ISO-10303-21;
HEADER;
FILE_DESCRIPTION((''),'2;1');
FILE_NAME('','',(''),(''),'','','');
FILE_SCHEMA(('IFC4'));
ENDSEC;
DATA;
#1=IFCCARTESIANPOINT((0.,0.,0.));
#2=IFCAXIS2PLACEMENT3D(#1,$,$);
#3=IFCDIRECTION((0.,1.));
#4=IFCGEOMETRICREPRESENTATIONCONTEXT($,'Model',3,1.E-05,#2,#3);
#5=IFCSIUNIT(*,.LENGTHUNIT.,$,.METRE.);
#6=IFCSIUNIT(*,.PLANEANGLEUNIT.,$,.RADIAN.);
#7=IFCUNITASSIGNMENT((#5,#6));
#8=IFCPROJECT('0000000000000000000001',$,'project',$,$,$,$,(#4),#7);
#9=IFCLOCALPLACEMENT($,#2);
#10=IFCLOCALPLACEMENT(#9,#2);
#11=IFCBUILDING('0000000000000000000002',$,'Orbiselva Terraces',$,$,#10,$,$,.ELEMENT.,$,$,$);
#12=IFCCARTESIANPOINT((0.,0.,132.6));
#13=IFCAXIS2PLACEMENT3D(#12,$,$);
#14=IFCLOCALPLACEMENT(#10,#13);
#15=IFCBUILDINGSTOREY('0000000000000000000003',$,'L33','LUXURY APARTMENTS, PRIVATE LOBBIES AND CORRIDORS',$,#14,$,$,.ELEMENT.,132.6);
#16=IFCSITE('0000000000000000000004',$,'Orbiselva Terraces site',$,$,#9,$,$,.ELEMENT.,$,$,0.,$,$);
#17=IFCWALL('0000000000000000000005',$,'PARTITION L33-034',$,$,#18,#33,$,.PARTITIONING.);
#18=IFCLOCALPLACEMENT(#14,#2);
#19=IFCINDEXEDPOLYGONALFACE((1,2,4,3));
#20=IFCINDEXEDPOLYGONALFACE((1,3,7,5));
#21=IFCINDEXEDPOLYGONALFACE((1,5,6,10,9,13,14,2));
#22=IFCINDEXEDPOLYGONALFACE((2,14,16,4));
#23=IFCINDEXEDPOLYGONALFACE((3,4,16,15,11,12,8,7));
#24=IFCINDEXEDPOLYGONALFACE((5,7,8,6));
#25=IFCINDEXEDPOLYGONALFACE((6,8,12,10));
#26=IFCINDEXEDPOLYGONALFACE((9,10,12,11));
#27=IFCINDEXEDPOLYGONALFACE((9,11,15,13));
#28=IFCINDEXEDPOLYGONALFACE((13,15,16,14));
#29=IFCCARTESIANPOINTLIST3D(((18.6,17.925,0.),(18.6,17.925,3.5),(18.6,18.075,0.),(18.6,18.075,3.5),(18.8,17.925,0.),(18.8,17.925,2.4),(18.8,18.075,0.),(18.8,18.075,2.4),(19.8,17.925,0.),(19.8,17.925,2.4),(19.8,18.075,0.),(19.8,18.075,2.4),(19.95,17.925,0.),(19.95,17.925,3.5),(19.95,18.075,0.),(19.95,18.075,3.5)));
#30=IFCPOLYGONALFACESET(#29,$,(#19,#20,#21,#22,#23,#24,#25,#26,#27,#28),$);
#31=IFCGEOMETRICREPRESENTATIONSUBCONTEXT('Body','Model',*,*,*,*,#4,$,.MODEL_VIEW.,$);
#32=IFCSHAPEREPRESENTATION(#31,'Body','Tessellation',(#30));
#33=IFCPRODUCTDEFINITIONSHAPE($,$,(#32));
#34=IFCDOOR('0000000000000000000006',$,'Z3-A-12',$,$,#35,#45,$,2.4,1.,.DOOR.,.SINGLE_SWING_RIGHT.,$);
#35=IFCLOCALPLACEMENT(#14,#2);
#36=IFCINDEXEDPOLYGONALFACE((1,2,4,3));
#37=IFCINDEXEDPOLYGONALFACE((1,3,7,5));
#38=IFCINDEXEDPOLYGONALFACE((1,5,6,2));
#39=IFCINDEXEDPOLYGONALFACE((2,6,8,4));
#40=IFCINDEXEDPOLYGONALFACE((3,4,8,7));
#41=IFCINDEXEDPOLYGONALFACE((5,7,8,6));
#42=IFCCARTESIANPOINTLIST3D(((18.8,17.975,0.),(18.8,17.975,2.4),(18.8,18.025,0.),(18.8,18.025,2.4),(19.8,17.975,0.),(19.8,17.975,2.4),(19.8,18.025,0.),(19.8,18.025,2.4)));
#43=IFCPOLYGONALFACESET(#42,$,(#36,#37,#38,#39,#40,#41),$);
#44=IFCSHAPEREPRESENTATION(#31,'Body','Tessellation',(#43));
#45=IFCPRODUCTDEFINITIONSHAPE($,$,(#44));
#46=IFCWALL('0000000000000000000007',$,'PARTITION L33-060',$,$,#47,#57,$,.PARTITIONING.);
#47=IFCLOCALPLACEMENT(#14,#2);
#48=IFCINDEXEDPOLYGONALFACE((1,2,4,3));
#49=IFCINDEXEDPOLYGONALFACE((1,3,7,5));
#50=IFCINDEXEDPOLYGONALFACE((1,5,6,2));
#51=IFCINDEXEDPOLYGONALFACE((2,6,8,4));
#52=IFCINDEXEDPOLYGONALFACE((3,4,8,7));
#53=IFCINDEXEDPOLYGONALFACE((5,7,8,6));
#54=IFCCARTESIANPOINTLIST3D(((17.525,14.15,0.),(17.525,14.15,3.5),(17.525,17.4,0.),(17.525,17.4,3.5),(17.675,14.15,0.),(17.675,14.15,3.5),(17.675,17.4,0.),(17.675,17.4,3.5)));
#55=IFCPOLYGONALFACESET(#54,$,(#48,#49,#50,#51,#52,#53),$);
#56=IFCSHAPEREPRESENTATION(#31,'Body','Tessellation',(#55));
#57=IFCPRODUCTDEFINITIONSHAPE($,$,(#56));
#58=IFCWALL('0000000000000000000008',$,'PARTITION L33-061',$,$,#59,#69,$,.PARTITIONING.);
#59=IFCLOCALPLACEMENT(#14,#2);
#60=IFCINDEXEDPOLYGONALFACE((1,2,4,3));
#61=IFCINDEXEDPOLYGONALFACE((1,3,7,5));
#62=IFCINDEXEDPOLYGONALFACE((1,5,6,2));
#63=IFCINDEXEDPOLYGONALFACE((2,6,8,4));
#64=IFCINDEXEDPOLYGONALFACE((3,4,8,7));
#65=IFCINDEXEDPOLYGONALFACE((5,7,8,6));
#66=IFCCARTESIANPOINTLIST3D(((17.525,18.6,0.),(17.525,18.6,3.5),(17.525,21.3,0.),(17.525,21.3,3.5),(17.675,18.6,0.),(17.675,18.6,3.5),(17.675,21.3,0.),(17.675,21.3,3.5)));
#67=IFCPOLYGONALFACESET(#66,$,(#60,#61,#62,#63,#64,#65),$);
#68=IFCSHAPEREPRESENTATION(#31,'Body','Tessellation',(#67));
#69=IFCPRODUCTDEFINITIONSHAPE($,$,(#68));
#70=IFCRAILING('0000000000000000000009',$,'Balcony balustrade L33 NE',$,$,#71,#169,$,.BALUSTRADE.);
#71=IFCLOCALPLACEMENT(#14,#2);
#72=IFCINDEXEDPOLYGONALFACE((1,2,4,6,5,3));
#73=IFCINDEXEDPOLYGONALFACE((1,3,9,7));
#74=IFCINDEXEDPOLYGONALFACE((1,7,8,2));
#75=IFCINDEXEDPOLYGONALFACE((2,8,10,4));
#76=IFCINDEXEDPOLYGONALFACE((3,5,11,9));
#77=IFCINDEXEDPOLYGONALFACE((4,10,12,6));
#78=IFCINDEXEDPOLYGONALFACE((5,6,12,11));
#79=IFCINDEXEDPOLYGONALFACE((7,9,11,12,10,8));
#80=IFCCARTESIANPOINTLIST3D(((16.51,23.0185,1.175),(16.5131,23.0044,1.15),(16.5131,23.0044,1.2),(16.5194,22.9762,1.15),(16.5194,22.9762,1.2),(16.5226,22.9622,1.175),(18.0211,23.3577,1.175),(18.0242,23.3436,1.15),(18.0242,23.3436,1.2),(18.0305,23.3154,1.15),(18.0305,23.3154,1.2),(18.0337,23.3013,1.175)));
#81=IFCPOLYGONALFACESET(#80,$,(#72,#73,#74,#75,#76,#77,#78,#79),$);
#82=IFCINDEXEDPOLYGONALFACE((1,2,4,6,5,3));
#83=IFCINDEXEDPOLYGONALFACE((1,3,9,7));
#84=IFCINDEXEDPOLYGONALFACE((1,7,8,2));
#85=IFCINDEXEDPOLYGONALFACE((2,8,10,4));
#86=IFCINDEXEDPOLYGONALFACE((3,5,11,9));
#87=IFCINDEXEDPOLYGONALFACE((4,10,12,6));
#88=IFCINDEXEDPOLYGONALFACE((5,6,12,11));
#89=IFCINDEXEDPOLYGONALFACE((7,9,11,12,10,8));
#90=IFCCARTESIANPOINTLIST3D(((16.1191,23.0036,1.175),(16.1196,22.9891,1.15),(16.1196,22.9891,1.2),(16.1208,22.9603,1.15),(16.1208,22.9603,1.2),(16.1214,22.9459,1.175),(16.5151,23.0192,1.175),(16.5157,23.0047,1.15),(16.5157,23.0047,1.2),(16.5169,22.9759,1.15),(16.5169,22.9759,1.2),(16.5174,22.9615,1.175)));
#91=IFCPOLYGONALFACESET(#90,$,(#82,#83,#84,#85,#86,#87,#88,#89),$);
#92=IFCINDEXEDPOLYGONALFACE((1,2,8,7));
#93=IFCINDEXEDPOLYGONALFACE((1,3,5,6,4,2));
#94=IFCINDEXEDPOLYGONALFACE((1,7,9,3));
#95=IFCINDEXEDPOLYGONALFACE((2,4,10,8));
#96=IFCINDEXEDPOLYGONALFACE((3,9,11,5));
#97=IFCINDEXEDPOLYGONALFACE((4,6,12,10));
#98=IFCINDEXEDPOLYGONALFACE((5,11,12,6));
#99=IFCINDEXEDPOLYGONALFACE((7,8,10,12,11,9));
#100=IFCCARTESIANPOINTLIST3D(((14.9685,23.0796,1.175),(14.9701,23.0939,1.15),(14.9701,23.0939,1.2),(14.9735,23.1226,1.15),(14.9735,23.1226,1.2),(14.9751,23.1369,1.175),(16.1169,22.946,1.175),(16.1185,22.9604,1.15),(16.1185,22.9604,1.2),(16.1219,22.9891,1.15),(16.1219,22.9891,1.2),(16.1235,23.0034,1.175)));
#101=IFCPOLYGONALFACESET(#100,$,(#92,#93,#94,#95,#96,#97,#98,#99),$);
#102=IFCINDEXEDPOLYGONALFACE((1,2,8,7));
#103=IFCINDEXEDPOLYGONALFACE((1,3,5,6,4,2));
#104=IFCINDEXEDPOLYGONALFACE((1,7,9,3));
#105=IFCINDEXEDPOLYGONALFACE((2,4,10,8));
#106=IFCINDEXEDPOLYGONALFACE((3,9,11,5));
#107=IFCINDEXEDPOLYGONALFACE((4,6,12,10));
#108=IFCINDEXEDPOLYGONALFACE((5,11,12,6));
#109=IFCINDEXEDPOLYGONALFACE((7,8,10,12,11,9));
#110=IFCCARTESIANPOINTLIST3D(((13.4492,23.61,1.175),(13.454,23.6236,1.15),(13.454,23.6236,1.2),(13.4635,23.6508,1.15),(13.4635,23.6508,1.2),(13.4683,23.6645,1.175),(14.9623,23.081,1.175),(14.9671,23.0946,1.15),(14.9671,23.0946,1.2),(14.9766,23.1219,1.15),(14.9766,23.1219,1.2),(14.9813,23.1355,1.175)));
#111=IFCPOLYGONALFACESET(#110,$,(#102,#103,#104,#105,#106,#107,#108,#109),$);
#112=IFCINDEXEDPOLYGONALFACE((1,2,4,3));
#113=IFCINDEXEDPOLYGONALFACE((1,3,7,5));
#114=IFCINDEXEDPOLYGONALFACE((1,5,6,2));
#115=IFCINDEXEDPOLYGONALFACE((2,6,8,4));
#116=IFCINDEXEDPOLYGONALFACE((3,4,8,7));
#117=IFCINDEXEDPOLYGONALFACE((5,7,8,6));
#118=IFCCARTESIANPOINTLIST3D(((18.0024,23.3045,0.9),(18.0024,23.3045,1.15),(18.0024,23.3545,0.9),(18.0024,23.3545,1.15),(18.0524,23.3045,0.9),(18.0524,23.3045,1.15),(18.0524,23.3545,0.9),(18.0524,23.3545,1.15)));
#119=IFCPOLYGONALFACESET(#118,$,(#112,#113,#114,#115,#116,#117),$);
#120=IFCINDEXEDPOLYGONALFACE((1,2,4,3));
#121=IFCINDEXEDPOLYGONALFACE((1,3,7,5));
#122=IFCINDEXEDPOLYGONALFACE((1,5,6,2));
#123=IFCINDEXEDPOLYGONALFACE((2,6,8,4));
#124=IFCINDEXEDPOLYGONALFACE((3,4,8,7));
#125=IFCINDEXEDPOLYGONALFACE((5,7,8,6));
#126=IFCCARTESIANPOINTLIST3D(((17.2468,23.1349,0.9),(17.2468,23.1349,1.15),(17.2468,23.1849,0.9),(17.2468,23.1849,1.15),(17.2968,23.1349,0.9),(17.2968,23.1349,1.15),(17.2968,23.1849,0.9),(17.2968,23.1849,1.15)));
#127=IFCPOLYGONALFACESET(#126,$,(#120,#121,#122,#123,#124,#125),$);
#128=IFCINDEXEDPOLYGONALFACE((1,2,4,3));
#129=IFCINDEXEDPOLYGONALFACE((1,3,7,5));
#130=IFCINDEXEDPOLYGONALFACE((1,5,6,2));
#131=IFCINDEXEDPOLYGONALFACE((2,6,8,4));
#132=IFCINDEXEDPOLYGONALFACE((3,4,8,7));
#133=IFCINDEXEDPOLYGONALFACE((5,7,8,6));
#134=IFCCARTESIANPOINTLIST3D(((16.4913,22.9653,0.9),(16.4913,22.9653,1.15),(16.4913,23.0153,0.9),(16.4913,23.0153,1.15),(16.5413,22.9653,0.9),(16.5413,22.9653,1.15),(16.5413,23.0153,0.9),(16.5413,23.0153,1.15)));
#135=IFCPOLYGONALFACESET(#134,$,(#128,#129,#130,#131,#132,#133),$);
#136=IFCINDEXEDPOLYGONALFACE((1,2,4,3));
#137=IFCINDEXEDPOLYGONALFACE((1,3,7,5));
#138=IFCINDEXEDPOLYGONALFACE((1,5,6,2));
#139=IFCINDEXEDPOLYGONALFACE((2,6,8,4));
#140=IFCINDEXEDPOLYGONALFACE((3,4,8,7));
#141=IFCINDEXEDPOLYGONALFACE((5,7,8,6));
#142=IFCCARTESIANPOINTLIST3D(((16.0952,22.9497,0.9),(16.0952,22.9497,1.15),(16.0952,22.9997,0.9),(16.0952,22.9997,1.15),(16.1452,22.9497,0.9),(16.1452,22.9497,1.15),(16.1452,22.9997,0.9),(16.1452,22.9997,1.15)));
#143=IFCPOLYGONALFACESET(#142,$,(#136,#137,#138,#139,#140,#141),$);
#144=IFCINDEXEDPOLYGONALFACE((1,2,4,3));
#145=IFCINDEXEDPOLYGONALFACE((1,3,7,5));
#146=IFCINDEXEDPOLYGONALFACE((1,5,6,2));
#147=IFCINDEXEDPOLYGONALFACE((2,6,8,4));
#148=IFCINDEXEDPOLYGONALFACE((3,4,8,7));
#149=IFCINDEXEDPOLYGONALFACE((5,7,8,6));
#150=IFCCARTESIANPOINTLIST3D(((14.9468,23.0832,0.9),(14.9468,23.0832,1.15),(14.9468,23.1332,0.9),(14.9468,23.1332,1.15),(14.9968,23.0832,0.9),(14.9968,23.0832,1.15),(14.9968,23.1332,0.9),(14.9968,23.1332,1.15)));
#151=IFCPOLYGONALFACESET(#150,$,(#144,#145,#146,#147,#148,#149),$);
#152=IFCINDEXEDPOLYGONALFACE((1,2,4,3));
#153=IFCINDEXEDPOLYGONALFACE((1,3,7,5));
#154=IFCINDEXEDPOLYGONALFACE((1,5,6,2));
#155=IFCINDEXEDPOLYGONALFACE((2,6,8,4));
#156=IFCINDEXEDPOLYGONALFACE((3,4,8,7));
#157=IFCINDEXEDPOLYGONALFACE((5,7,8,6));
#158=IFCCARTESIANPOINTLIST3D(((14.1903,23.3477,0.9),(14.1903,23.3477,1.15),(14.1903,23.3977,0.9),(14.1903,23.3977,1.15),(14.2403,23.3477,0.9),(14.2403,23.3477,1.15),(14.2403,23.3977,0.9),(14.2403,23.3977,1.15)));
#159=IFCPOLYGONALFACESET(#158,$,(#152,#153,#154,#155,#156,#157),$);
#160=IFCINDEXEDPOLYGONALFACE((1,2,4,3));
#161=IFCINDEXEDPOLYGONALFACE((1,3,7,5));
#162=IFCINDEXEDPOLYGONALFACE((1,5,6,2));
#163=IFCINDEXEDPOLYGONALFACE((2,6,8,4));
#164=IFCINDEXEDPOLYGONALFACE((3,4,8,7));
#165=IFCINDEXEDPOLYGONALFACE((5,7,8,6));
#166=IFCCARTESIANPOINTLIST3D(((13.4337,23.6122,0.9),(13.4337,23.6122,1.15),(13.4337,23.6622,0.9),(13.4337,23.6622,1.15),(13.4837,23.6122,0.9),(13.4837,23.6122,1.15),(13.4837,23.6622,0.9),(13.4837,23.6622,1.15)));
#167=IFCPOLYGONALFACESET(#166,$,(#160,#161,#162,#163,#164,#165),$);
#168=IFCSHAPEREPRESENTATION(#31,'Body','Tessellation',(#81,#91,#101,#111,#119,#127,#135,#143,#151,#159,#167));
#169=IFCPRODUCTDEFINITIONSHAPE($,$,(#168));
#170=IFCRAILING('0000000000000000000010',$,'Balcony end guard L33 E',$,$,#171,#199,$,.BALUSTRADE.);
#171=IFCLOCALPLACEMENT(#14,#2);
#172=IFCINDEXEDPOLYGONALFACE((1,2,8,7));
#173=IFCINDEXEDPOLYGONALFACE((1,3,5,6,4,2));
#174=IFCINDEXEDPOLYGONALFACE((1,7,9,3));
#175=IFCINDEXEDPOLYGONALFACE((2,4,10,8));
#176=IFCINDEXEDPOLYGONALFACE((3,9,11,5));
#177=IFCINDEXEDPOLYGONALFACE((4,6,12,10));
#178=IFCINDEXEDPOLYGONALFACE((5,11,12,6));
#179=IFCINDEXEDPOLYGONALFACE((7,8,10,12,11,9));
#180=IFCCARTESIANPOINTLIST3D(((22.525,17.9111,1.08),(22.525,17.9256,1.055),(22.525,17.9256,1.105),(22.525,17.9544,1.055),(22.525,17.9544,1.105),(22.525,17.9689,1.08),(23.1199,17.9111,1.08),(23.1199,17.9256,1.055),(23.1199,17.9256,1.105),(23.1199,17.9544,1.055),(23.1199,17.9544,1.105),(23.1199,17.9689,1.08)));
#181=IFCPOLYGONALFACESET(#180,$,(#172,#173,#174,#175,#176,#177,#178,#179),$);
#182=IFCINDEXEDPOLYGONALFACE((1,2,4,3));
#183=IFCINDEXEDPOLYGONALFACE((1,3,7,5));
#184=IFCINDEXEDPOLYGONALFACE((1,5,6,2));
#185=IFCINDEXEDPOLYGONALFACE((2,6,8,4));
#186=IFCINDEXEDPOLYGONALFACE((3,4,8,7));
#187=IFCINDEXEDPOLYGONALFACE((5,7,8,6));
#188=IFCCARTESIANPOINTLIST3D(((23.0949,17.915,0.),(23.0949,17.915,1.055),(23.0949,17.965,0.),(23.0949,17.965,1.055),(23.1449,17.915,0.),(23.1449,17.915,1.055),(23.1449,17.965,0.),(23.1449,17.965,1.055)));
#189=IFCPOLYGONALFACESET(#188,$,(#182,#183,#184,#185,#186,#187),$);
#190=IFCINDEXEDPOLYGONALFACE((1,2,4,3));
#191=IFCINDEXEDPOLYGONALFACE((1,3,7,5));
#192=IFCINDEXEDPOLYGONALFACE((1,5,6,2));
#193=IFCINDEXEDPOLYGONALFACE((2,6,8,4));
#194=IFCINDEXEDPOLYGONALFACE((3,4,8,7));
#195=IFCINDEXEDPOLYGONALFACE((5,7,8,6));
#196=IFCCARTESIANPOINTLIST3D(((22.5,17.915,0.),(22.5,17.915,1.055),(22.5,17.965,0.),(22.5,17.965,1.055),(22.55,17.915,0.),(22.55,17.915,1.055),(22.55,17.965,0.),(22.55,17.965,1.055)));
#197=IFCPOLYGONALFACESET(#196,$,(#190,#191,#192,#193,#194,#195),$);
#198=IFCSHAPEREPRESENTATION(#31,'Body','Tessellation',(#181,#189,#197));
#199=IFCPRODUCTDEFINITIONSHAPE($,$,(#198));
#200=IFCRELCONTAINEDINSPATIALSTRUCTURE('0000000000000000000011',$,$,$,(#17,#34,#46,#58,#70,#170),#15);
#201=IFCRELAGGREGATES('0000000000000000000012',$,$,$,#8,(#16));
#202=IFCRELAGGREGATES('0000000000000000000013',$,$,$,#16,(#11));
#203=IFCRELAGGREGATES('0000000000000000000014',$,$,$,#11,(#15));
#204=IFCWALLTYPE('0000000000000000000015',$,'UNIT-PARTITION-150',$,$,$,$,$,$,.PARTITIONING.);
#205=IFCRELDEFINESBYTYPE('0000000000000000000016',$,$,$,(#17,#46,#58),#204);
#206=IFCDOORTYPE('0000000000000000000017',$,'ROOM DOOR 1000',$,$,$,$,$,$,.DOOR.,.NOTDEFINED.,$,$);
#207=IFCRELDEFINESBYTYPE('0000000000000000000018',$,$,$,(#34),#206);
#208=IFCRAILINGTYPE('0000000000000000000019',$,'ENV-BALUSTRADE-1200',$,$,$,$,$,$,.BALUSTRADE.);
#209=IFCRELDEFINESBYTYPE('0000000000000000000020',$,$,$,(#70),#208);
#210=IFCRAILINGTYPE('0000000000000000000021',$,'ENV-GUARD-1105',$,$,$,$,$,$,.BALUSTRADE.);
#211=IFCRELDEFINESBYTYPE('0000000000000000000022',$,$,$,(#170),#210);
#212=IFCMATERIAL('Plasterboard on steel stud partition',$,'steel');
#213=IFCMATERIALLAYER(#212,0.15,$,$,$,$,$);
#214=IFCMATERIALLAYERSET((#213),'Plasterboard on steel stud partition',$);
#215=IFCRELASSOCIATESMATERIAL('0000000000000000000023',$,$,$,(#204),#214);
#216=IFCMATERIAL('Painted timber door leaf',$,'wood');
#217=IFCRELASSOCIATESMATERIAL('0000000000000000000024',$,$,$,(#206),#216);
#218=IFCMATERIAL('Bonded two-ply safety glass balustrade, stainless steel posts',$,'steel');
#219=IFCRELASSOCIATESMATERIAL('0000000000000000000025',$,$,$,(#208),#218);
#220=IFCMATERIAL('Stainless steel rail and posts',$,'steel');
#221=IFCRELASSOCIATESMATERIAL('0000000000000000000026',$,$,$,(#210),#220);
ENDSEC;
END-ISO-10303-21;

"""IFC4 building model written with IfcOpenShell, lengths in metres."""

from ifc_helpers import new_model, si_unit, direction, frame, frame_2d, origin, origin_2d, place, context, subcontext, project, spatial, polyline, rectangle, outline, extrude, material, layer, layer_set, type_object, element, fill, save


model = new_model("IFC4")

# Units and contexts
model_context = context("Model", 3, precision=1e-05, world=origin(), true_north=direction((0.0, 1.0)))
body_context = subcontext(model_context, "Body", "Model", "MODEL_VIEW")
ifc_project = project(units=[si_unit("LENGTHUNIT", "METRE"), si_unit("PLANEANGLEUNIT", "RADIAN")], contexts=[model_context])

# Site, building, storey
site_placement = place(None, origin())
site = spatial("IfcSite", under=ifc_project, at=site_placement, Name="Orbiselva Terraces site", CompositionType="ELEMENT", RefElevation=0.0)
building_placement = place(site_placement, origin())
building = spatial("IfcBuilding", under=site, at=building_placement, Name="Orbiselva Terraces", CompositionType="ELEMENT")
storey_placement = place(building_placement, frame((0.0, 0.0, 132.6)))
storey = spatial("IfcBuildingStorey", under=building, at=storey_placement, Name="L33", Description="LUXURY APARTMENTS, PRIVATE LOBBIES AND CORRIDORS", CompositionType="ELEMENT", Elevation=132.6)

# Wall, opening, door
ifc_material_1 = material(Name="Plasterboard on steel stud partition", Category="steel")
ifc_layer_1 = layer(ifc_material_1, 0.15)
ifc_layer_set_1 = layer_set([ifc_layer_1], Name="Plasterboard on steel stud partition")
wall_type_1 = type_object("IfcWallType", Name="UNIT-PARTITION-150", PredefinedType="PARTITIONING", material=ifc_layer_set_1)
wall_1_placement = place(storey_placement, frame((18.6, 18.0, 0.0), z_axis=(0.0, 0.0, 1.0), x_axis=(1.0, 0.0, 0.0)))
wall_1 = element("IfcWall", 1, at=wall_1_placement, inside=storey, type_object=wall_type_1, Name="PARTITION L33-034", PredefinedType="PARTITIONING", context=body_context, shape_type="SweptSolid", body=[
    extrude(rectangle(XDim=1.35, YDim=0.15, at=frame_2d((0.675, 0.0))), origin(), (0.0, 0.0, 1.0), 3.5),
])
opening_1_placement = place(wall_1_placement, frame((0.2, 0.0, 0.0)))
opening_1 = element("IfcOpeningElement", 2, at=opening_1_placement, cuts=wall_1, PredefinedType="OPENING", context=body_context, shape_type="SweptSolid", body=[
    extrude(rectangle(XDim=1.0, YDim=2.4, at=frame_2d((0.5, 1.2))), frame((0.0, 0.085, 0.0), z_axis=(0.0, -1.0, 0.0), x_axis=(1.0, 0.0, 0.0)), (0.0, 0.0, 1.0), 0.17),
])
ifc_material_2 = material(Name="Painted timber door leaf", Category="wood")
door_type_1 = type_object("IfcDoorType", Name="ROOM DOOR 1000", OperationType="NOTDEFINED", PredefinedType="DOOR", material=ifc_material_2)
door_1_placement = place(opening_1_placement, origin())
door_1 = element("IfcDoor", 3, at=door_1_placement, inside=storey, type_object=door_type_1, Name="Z3-A-12", OperationType="SINGLE_SWING_RIGHT", OverallHeight=2.4, OverallWidth=1.0, PredefinedType="DOOR", context=body_context, shape_type="SweptSolid", body=[
    extrude(rectangle(XDim=1.0, YDim=2.4, at=frame_2d((0.5, 1.2))), frame((0.0, 0.025, 0.0), z_axis=(0.0, -1.0, 0.0), x_axis=(1.0, 0.0, 0.0)), (0.0, 0.0, 1.0), 0.05),
])
fill(opening_1, door_1)

# Walls
wall_2_placement = place(storey_placement, frame((17.6, 14.15, 0.0), z_axis=(0.0, 0.0, 1.0), x_axis=(0.0, 1.0, 0.0)))
element("IfcWall", 4, at=wall_2_placement, inside=storey, type_object=wall_type_1, Name="PARTITION L33-060", PredefinedType="PARTITIONING", context=body_context, shape_type="SweptSolid", body=[
    extrude(rectangle(XDim=3.25, YDim=0.15, at=frame_2d((1.625, 0.0))), origin(), (0.0, 0.0, 1.0), 3.5),
])
wall_3_placement = place(storey_placement, frame((17.6, 18.6, 0.0), z_axis=(0.0, 0.0, 1.0), x_axis=(0.0, 1.0, 0.0)))
element("IfcWall", 5, at=wall_3_placement, inside=storey, type_object=wall_type_1, Name="PARTITION L33-061", PredefinedType="PARTITIONING", context=body_context, shape_type="SweptSolid", body=[
    extrude(rectangle(XDim=2.7, YDim=0.15, at=frame_2d((1.35, 0.0))), origin(), (0.0, 0.0, 1.0), 3.5),
])

# Railings
ifc_material_3 = material(Name="Bonded two-ply safety glass balustrade, stainless steel posts", Category="steel")
railing_type_1 = type_object("IfcRailingType", Name="ENV-BALUSTRADE-1200", PredefinedType="BALUSTRADE", material=ifc_material_3)
railing_1_placement = place(storey_placement, frame((18.0274, 23.3295, 0.9)))
element("IfcRailing", 6, at=railing_1_placement, inside=storey, type_object=railing_type_1, Name="Balcony balustrade L33 NE", PredefinedType="BALUSTRADE", context=body_context, shape_type="SweptSolid", body=[
    extrude(outline(polyline([(0.0289, 0.0), (0.0144, 0.025), (-0.0144, 0.025), (-0.0289, 0.0), (-0.0144, -0.025), (0.0144, -0.025), (0.0289, 0.0)])), frame((0.0, 0.0, 0.275), z_axis=(-0.975721, -0.219015, 0.0), x_axis=(0.219015, -0.975721, 0.0)), (0.0, 0.0, 1.0), 1.5487),
    extrude(outline(polyline([(0.0289, 0.0), (0.0144, 0.025), (-0.0144, 0.025), (-0.0289, 0.0), (-0.0144, -0.025), (0.0144, -0.025), (0.0289, 0.0)])), frame((-1.5111, -0.3392, 0.275), z_axis=(-0.999225, -0.039369, 0.0), x_axis=(0.039369, -0.999225, 0.0)), (0.0, 0.0, 1.0), 0.3964),
    extrude(outline(polyline([(0.0289, 0.0), (0.0144, 0.025), (-0.0144, 0.025), (-0.0289, 0.0), (-0.0144, -0.025), (0.0144, -0.025), (0.0289, 0.0)])), frame((-1.9072, -0.3548, 0.275), z_axis=(-0.99331, 0.115482, 0.0), x_axis=(-0.115482, -0.99331, 0.0)), (0.0, 0.0, 1.0), 1.1561),
    extrude(outline(polyline([(0.0289, 0.0), (0.0144, 0.025), (-0.0144, 0.025), (-0.0289, 0.0), (-0.0144, -0.025), (0.0144, -0.025), (0.0289, 0.0)])), frame((-3.0556, -0.2213, 0.275), z_axis=(-0.943972, 0.330024, 0.0), x_axis=(-0.330024, -0.943972, 0.0)), (0.0, 0.0, 1.0), 1.6029),
    extrude(rectangle(XDim=0.05, YDim=0.05, at=origin_2d()), origin(), (0.0, 0.0, 1.0), 0.25),
    extrude(rectangle(XDim=0.05, YDim=0.05, at=origin_2d()), frame((-0.7555, -0.1696, 0.0)), (0.0, 0.0, 1.0), 0.25),
    extrude(rectangle(XDim=0.05, YDim=0.05, at=origin_2d()), frame((-1.5111, -0.3392, 0.0)), (0.0, 0.0, 1.0), 0.25),
    extrude(rectangle(XDim=0.05, YDim=0.05, at=origin_2d()), frame((-1.9072, -0.3548, 0.0)), (0.0, 0.0, 1.0), 0.25),
    extrude(rectangle(XDim=0.05, YDim=0.05, at=origin_2d()), frame((-3.0556, -0.2213, 0.0)), (0.0, 0.0, 1.0), 0.25),
    extrude(rectangle(XDim=0.05, YDim=0.05, at=origin_2d()), frame((-3.8121, 0.0432, 0.0)), (0.0, 0.0, 1.0), 0.25),
    extrude(rectangle(XDim=0.05, YDim=0.05, at=origin_2d()), frame((-4.5686, 0.3077, 0.0)), (0.0, 0.0, 1.0), 0.25),
])
ifc_material_4 = material(Name="Stainless steel rail and posts", Category="steel")
railing_type_2 = type_object("IfcRailingType", Name="ENV-GUARD-1105", PredefinedType="BALUSTRADE", material=ifc_material_4)
railing_2_placement = place(storey_placement, frame((23.1199, 17.94, 0.0)))
element("IfcRailing", 7, at=railing_2_placement, inside=storey, type_object=railing_type_2, Name="Balcony end guard L33 E", PredefinedType="BALUSTRADE", context=body_context, shape_type="SweptSolid", body=[
    extrude(outline(polyline([(0.0289, 0.0), (0.0144, 0.025), (-0.0144, 0.025), (-0.0289, 0.0), (-0.0144, -0.025), (0.0144, -0.025), (0.0289, 0.0)])), frame((0.0, 0.0, 1.08), z_axis=(-1.0, 0.0, 0.0), x_axis=(0.0, -1.0, 0.0)), (0.0, 0.0, 1.0), 0.5949),
    extrude(rectangle(XDim=0.05, YDim=0.05, at=origin_2d()), origin(), (0.0, 0.0, 1.0), 1.055),
    extrude(rectangle(XDim=0.05, YDim=0.05, at=origin_2d()), frame((-0.5949, 0.0, 0.0)), (0.0, 0.0, 1.0), 1.055),
])

save(model, "model.ifc")
